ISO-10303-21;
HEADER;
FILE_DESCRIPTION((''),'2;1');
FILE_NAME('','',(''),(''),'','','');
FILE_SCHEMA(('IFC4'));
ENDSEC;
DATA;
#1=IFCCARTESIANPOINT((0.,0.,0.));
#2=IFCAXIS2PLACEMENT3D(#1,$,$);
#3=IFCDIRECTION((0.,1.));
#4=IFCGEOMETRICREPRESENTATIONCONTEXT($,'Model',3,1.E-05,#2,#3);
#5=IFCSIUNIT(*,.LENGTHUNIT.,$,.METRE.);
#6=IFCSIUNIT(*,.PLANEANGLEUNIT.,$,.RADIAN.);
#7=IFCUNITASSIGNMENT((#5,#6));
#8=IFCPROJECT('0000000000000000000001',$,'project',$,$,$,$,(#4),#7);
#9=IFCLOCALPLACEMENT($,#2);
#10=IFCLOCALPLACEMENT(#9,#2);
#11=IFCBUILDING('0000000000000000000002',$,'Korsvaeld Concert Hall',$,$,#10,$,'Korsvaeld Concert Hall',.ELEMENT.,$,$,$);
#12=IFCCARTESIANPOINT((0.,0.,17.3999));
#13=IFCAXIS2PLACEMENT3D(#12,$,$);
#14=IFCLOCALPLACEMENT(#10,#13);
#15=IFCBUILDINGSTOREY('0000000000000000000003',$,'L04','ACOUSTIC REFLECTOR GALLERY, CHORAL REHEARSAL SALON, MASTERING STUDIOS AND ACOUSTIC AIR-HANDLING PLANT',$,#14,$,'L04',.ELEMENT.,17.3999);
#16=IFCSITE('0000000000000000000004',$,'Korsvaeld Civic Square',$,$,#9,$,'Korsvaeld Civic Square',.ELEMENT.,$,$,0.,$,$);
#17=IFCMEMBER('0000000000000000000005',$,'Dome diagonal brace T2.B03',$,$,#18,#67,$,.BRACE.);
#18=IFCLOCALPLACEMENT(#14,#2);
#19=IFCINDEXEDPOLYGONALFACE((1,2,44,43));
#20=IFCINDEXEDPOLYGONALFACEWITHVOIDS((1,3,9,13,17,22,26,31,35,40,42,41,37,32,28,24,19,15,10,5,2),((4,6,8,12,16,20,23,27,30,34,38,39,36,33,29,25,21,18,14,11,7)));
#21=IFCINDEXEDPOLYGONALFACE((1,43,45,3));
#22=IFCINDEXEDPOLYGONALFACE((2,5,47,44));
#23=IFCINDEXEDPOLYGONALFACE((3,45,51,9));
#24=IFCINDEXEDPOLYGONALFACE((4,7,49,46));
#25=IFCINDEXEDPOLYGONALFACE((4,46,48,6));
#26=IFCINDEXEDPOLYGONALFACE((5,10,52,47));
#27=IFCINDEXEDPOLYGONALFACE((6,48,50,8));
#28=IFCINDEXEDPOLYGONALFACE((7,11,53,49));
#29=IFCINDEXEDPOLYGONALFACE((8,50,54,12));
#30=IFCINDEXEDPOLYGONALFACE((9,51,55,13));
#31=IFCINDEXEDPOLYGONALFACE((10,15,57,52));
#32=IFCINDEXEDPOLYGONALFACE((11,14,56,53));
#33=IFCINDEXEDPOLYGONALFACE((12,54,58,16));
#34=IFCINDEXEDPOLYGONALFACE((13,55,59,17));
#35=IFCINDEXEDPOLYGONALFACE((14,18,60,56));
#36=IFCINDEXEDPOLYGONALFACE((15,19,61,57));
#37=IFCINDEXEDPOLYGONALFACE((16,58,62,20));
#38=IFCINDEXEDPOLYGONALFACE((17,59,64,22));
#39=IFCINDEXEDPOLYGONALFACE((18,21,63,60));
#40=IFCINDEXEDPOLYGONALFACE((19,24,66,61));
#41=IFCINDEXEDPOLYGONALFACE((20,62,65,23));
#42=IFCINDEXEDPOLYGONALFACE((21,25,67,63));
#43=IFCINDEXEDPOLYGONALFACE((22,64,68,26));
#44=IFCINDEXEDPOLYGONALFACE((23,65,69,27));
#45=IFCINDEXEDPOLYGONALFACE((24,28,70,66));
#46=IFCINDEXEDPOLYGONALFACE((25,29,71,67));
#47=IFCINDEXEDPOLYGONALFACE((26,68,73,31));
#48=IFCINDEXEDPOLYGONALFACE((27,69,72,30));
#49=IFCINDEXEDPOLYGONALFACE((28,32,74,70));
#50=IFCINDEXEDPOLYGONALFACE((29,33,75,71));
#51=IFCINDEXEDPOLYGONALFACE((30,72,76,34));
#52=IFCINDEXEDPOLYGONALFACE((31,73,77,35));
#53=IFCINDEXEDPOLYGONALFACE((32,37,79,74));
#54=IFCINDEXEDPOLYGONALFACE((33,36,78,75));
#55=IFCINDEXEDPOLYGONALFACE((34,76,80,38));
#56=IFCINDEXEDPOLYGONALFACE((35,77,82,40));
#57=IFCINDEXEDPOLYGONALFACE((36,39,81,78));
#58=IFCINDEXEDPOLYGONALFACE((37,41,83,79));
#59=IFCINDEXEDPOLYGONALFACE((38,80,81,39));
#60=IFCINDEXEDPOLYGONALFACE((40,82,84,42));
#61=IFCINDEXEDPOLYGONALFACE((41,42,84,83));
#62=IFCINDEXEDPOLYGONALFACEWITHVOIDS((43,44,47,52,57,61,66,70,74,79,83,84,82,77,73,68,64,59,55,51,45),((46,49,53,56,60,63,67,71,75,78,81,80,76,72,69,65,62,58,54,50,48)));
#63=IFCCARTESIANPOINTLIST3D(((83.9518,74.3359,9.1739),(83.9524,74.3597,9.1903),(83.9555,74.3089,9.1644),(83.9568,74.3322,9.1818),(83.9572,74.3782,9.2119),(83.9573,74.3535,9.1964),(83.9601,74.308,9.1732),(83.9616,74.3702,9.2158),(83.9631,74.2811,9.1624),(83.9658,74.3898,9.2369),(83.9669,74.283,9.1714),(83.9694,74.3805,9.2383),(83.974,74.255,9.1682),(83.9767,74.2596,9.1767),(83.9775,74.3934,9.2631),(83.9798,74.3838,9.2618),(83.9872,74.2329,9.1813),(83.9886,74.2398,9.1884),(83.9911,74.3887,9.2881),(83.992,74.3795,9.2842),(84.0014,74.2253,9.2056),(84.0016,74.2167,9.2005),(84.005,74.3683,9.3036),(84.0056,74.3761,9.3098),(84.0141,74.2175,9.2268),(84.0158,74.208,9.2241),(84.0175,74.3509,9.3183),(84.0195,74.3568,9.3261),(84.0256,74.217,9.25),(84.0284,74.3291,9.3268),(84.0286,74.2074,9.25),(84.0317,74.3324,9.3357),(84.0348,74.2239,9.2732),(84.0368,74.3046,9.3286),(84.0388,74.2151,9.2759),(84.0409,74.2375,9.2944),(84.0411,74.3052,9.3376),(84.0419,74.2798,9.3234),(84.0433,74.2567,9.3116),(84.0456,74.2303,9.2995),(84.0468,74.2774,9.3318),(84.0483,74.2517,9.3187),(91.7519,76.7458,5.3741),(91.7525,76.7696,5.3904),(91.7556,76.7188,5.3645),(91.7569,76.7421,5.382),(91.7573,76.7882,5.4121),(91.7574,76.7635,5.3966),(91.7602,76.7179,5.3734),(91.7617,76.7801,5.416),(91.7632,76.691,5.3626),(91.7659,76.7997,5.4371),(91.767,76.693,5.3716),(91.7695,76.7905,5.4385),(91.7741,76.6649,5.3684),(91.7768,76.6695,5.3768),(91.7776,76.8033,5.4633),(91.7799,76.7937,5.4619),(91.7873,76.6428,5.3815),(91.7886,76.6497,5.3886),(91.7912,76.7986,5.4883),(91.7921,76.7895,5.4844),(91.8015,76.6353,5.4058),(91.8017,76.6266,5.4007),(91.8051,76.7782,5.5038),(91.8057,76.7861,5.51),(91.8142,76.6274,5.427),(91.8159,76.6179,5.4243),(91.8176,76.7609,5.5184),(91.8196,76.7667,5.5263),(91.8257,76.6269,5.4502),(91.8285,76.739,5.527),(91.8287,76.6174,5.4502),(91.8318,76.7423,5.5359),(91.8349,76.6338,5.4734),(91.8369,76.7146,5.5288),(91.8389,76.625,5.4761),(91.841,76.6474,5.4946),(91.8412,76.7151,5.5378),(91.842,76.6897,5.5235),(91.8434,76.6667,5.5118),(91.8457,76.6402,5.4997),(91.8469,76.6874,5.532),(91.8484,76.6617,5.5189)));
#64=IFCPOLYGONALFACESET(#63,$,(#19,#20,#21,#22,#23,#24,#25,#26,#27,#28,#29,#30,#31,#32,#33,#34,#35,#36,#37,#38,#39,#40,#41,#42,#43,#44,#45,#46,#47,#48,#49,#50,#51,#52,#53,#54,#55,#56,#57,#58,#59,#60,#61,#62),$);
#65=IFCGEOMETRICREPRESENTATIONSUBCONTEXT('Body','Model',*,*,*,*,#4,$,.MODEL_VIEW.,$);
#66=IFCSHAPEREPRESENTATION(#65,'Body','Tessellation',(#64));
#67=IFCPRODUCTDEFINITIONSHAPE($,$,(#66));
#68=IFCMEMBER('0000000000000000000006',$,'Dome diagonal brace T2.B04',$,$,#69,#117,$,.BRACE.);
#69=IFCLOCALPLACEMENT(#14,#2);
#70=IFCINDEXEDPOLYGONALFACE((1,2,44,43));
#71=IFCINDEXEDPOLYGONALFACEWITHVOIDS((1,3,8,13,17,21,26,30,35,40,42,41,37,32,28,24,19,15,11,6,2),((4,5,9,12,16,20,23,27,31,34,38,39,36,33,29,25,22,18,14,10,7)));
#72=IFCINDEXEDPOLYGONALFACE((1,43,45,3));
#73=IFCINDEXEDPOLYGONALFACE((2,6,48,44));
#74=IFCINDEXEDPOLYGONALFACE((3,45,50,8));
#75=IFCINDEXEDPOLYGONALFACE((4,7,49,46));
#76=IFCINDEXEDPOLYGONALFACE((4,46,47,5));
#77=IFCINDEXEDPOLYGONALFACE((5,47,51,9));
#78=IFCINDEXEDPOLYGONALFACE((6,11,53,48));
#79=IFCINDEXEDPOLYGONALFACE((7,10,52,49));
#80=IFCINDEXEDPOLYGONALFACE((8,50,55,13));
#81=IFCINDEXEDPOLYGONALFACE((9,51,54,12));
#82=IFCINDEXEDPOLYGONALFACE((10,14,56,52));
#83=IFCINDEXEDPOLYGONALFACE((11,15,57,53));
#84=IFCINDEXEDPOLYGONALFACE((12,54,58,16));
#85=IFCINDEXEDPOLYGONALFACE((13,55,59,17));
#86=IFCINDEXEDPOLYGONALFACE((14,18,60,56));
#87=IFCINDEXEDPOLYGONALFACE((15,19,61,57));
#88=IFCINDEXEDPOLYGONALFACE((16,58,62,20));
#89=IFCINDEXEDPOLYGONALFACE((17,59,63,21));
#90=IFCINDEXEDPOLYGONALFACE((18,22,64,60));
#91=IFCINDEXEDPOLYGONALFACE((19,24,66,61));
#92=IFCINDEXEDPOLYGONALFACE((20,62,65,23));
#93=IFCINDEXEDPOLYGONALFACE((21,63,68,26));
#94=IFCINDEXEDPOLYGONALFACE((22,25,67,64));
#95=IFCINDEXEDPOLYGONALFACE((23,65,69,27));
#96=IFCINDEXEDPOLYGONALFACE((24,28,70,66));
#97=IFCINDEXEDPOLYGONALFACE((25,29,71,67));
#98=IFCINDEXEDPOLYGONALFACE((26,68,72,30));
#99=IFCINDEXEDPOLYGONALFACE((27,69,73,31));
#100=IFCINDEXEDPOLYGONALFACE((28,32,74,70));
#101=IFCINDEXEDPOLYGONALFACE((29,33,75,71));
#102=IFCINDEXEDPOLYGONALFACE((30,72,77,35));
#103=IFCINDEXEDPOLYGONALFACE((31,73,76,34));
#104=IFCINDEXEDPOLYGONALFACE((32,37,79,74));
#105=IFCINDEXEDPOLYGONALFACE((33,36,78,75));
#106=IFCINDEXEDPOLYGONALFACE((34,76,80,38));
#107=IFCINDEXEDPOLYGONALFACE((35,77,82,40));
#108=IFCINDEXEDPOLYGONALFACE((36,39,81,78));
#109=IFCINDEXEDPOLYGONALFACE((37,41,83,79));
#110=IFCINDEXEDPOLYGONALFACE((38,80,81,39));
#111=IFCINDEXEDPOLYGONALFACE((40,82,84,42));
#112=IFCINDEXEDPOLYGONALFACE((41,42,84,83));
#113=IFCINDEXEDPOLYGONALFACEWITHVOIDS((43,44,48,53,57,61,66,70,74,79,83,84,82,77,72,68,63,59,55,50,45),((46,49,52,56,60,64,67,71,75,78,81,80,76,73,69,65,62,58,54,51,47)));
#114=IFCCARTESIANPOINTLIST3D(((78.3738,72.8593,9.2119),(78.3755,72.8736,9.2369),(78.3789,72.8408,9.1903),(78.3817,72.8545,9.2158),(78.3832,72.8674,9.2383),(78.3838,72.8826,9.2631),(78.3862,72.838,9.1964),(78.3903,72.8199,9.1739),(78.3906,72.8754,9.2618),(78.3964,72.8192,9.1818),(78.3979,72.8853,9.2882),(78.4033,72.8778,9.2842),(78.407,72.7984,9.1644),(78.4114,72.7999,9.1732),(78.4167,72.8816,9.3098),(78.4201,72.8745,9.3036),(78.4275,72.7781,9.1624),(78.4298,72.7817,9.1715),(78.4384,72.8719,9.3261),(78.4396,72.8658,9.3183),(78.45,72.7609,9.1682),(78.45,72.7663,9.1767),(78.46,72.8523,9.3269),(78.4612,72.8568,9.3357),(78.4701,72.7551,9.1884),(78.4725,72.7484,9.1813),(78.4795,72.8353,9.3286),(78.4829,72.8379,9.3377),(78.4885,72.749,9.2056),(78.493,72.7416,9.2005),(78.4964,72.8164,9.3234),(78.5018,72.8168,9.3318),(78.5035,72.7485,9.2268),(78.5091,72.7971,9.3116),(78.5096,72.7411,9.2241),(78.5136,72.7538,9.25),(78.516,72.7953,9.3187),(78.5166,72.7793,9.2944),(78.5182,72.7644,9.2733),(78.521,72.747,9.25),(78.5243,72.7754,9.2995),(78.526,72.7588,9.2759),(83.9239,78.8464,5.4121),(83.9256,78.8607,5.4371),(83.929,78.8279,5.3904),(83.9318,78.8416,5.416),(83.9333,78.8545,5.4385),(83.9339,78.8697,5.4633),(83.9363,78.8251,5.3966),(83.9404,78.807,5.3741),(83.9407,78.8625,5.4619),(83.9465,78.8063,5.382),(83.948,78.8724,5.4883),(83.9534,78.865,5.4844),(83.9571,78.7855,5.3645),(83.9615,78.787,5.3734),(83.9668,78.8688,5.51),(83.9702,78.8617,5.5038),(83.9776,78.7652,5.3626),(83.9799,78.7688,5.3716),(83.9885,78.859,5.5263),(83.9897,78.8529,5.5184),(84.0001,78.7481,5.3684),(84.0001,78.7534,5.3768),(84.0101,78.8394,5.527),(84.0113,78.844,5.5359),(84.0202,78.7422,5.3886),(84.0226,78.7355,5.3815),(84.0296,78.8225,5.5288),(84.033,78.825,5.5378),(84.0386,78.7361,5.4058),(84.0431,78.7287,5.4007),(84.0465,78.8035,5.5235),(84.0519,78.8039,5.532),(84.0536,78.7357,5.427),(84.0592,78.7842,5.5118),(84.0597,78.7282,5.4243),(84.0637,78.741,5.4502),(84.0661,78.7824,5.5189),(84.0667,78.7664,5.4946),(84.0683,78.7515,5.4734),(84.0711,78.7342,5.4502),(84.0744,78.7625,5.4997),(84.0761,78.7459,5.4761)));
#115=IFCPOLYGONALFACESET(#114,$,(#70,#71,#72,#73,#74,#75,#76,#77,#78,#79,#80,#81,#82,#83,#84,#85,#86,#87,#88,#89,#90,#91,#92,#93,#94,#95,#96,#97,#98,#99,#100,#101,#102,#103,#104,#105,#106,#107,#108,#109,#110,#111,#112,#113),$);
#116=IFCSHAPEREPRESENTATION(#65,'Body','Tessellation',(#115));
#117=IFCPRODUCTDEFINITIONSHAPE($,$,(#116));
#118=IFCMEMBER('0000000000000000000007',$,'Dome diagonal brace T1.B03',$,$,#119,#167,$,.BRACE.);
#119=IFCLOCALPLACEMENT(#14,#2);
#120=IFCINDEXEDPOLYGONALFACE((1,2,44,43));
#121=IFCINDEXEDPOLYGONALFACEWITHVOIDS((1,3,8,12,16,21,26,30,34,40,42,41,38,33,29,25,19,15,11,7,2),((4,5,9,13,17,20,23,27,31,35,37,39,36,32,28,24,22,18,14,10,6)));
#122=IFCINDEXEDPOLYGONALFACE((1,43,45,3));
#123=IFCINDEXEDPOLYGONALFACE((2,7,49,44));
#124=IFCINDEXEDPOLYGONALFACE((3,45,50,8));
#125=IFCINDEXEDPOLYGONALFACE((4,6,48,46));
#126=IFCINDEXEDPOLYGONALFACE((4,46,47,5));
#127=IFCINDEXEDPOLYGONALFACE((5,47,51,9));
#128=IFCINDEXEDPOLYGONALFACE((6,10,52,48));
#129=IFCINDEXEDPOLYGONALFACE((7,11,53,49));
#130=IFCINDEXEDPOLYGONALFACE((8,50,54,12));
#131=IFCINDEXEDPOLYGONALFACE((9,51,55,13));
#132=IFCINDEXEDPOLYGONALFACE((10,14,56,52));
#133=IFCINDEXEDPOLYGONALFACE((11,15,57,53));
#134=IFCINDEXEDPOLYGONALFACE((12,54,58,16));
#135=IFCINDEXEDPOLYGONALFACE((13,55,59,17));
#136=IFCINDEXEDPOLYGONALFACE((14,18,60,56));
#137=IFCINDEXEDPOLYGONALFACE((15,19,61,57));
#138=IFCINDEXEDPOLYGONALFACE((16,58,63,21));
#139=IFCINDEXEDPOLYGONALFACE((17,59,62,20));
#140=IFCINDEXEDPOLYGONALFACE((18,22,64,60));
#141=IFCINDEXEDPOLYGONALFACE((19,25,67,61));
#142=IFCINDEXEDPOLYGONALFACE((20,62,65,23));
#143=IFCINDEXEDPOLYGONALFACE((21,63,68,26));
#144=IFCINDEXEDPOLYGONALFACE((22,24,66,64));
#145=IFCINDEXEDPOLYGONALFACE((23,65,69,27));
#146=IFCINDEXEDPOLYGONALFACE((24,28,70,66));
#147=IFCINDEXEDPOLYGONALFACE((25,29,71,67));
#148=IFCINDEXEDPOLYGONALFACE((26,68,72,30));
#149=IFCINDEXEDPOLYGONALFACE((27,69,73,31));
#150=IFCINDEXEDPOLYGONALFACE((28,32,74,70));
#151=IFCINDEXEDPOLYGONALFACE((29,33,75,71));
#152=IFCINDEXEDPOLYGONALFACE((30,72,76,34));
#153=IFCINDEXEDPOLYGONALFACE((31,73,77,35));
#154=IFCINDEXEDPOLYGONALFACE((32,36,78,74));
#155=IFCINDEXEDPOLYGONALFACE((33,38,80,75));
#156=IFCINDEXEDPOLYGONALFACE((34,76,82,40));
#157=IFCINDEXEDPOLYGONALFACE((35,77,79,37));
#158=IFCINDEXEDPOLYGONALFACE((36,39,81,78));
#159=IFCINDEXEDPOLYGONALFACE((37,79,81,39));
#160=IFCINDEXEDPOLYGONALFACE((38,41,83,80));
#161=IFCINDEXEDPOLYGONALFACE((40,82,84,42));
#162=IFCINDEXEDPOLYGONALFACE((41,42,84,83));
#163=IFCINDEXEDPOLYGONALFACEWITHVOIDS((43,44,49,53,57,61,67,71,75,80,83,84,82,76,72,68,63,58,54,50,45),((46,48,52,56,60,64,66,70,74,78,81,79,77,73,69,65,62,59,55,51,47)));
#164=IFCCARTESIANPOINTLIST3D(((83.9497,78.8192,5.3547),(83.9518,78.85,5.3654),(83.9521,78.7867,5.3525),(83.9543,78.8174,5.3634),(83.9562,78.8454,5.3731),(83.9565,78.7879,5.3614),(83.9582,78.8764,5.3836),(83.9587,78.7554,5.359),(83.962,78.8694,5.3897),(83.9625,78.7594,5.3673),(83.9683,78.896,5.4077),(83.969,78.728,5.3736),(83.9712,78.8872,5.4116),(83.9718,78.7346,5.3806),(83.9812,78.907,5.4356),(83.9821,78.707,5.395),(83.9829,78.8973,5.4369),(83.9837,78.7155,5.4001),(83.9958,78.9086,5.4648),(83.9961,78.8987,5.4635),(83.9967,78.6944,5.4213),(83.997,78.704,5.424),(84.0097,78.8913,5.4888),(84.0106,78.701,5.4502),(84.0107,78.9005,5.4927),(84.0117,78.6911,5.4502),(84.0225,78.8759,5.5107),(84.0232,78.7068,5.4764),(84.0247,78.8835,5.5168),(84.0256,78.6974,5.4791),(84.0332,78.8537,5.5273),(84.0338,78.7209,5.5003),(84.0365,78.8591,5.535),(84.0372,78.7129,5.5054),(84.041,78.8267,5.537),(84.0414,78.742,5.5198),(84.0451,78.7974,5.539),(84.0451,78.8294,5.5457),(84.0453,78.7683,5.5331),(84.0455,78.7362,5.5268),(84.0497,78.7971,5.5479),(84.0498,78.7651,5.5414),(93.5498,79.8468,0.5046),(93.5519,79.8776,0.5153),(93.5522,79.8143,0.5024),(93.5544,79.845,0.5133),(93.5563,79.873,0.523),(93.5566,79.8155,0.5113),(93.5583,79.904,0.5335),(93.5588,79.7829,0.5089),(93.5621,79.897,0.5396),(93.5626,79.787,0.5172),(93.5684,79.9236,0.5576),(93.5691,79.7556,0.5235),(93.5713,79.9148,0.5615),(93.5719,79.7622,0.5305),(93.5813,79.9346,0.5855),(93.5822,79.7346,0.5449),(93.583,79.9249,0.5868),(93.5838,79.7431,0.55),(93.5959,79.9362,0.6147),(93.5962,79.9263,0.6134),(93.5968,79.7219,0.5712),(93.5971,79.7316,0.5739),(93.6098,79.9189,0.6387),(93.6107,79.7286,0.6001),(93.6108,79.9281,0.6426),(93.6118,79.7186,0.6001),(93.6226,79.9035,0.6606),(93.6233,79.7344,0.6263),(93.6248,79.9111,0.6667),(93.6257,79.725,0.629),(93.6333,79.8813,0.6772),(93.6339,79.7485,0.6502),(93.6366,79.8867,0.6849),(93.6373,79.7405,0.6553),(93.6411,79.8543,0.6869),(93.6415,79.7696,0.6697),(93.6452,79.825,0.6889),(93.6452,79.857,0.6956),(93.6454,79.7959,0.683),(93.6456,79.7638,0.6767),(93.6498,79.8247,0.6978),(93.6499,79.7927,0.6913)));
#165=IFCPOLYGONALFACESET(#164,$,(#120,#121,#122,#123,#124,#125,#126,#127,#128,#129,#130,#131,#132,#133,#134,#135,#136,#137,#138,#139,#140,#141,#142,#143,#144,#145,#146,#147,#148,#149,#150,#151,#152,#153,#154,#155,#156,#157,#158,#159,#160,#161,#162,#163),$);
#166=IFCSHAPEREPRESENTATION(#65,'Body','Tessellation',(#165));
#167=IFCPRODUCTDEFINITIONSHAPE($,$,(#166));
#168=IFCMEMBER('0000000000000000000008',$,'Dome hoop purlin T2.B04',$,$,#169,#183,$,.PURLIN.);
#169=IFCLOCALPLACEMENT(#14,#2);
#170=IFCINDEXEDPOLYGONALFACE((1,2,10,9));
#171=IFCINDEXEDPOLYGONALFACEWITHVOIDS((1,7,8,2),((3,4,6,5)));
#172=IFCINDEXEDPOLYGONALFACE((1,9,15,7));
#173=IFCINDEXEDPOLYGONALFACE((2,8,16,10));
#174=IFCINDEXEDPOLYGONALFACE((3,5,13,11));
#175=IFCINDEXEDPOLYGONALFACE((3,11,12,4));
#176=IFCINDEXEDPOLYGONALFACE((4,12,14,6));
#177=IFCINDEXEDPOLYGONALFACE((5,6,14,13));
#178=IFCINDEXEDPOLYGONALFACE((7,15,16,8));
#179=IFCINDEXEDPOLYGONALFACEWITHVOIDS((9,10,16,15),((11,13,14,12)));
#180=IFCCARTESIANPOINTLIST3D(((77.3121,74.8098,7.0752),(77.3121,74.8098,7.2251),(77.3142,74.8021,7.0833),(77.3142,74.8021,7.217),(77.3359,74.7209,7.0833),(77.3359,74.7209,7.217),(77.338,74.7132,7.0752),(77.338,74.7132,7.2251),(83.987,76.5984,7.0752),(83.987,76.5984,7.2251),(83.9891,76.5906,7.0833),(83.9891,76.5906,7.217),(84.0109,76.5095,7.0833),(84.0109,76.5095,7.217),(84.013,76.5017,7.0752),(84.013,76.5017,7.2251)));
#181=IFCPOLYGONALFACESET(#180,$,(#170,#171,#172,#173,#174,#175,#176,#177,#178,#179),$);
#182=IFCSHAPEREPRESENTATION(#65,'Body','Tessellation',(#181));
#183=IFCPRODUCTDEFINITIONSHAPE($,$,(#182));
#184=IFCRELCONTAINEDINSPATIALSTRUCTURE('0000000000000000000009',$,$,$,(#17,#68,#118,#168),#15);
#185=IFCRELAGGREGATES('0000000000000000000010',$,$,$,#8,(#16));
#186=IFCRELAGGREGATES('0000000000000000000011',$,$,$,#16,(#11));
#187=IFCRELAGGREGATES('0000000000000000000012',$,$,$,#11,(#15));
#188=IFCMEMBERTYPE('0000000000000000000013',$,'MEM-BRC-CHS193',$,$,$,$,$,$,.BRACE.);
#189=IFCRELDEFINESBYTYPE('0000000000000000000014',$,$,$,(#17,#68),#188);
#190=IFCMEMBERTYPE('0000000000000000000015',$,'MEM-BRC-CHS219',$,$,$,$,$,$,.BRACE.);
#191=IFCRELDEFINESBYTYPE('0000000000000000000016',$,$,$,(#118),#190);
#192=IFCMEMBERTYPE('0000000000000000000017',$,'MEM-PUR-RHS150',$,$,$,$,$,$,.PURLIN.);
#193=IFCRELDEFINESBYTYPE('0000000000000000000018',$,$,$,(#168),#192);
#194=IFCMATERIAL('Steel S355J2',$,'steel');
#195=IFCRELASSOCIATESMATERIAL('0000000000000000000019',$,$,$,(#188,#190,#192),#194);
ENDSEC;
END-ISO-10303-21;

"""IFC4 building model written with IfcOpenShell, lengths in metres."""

from ifc_helpers import new_model, si_unit, direction, frame, origin, origin_2d, place, context, subcontext, project, spatial, hollow_rectangle, hollow_circle, extrude, material, material_profile, profile_set, type_object, element, save


model = new_model("IFC4")

# Units and contexts
model_context = context("Model", 3, precision=1e-05, world=origin(), true_north=direction((0.0, 1.0)))
body_context = subcontext(model_context, "Body", "Model", "MODEL_VIEW")
ifc_project = project(units=[si_unit("LENGTHUNIT", "METRE"), si_unit("PLANEANGLEUNIT", "RADIAN")], contexts=[model_context])

# Site, building, storey
site_placement = place(None, origin())
site = spatial("IfcSite", under=ifc_project, at=site_placement, Name="Korsvaeld Civic Square", LongName="Korsvaeld Civic Square", CompositionType="ELEMENT", RefElevation=0.0)
building_placement = place(site_placement, origin())
building = spatial("IfcBuilding", under=site, at=building_placement, Name="Korsvaeld Concert Hall", LongName="Korsvaeld Concert Hall", CompositionType="ELEMENT")
storey_placement = place(building_placement, frame((0.0, 0.0, 17.3999)))
storey = spatial("IfcBuildingStorey", under=building, at=storey_placement, Name="L04", Description="ACOUSTIC REFLECTOR GALLERY, CHORAL REHEARSAL SALON, MASTERING STUDIOS AND ACOUSTIC AIR-HANDLING PLANT", LongName="L04", CompositionType="ELEMENT", Elevation=17.3999)

# Shared definitions
ifc_material_1 = material(Name="Steel S355J2", Category="steel")

# Members
ifc_material_profile_1 = material_profile(ifc_material_1, hollow_circle(Radius=0.0969, WallThickness=0.01, at=origin_2d()), Name="CHS 193.7x10")
ifc_profile_set_1 = profile_set([ifc_material_profile_1], Name="Steel S355J2")
member_type_1 = type_object("IfcMemberType", Name="MEM-BRC-CHS193", PredefinedType="BRACE", material=ifc_profile_set_1)
for number, where, z_axis, x_axis, name in (
    (1, (91.8, 76.71, 5.4502), (-0.866207, -0.267624, 0.421974), (0.295193, -0.955438, 0.0), "Dome diagonal brace T2.B03"),
    (2, (84.0, 78.8, 5.4502), (-0.616343, -0.664874, 0.421975), (0.733365, -0.679835, 0.0), "Dome diagonal brace T2.B04"),
):
    element("IfcMember", number, at=place(storey_placement, frame(where, z_axis=z_axis, x_axis=x_axis)), inside=storey, type_object=member_type_1, Name=name, PredefinedType="BRACE", context=body_context, shape_type="SweptSolid", body=[
        extrude(hollow_circle(Radius=0.0969, WallThickness=0.01, at=origin_2d()), origin(), (0.0, 0.0, 1.0), 9.0049),
    ])
ifc_material_profile_2 = material_profile(ifc_material_1, hollow_circle(Radius=0.1096, WallThickness=0.01, at=origin_2d()), Name="CHS 219.1x10")
ifc_profile_set_2 = profile_set([ifc_material_profile_2], Name="Steel S355J2")
member_type_2 = type_object("IfcMemberType", Name="MEM-BRC-CHS219", PredefinedType="BRACE", material=ifc_profile_set_2)
member_1_placement = place(storey_placement, frame((93.6001, 79.8276, 0.6001), z_axis=(-0.888512, -0.095106, 0.448888), x_axis=(0.106431, -0.99432, 0.0)))
element("IfcMember", 3, at=member_1_placement, inside=storey, type_object=member_type_2, Name="Dome diagonal brace T1.B03", PredefinedType="BRACE", context=body_context, shape_type="SweptSolid", body=[
    extrude(hollow_circle(Radius=0.1096, WallThickness=0.01, at=origin_2d()), origin(), (0.0, 0.0, 1.0), 10.8047),
])
ifc_material_profile_3 = material_profile(ifc_material_1, hollow_rectangle(XDim=0.1001, YDim=0.1499, WallThickness=0.0081, at=origin_2d()), Name="RHS 150x100x8")
ifc_profile_set_3 = profile_set([ifc_material_profile_3], Name="Steel S355J2")
member_type_3 = type_object("IfcMemberType", Name="MEM-PUR-RHS150", PredefinedType="PURLIN", material=ifc_profile_set_3)
member_2_placement = place(storey_placement, frame((84.0, 76.55, 7.1501), z_axis=(-0.965926, -0.258819, 0.0), x_axis=(0.258819, -0.965926, 0.0)))
element("IfcMember", 4, at=member_2_placement, inside=storey, type_object=member_type_3, Name="Dome hoop purlin T2.B04", PredefinedType="PURLIN", context=body_context, shape_type="SweptSolid", body=[
    extrude(hollow_rectangle(XDim=0.1001, YDim=0.1499, WallThickness=0.0081, at=origin_2d()), origin(), (0.0, 0.0, 1.0), 6.9104),
])

save(model, "model.ifc")
